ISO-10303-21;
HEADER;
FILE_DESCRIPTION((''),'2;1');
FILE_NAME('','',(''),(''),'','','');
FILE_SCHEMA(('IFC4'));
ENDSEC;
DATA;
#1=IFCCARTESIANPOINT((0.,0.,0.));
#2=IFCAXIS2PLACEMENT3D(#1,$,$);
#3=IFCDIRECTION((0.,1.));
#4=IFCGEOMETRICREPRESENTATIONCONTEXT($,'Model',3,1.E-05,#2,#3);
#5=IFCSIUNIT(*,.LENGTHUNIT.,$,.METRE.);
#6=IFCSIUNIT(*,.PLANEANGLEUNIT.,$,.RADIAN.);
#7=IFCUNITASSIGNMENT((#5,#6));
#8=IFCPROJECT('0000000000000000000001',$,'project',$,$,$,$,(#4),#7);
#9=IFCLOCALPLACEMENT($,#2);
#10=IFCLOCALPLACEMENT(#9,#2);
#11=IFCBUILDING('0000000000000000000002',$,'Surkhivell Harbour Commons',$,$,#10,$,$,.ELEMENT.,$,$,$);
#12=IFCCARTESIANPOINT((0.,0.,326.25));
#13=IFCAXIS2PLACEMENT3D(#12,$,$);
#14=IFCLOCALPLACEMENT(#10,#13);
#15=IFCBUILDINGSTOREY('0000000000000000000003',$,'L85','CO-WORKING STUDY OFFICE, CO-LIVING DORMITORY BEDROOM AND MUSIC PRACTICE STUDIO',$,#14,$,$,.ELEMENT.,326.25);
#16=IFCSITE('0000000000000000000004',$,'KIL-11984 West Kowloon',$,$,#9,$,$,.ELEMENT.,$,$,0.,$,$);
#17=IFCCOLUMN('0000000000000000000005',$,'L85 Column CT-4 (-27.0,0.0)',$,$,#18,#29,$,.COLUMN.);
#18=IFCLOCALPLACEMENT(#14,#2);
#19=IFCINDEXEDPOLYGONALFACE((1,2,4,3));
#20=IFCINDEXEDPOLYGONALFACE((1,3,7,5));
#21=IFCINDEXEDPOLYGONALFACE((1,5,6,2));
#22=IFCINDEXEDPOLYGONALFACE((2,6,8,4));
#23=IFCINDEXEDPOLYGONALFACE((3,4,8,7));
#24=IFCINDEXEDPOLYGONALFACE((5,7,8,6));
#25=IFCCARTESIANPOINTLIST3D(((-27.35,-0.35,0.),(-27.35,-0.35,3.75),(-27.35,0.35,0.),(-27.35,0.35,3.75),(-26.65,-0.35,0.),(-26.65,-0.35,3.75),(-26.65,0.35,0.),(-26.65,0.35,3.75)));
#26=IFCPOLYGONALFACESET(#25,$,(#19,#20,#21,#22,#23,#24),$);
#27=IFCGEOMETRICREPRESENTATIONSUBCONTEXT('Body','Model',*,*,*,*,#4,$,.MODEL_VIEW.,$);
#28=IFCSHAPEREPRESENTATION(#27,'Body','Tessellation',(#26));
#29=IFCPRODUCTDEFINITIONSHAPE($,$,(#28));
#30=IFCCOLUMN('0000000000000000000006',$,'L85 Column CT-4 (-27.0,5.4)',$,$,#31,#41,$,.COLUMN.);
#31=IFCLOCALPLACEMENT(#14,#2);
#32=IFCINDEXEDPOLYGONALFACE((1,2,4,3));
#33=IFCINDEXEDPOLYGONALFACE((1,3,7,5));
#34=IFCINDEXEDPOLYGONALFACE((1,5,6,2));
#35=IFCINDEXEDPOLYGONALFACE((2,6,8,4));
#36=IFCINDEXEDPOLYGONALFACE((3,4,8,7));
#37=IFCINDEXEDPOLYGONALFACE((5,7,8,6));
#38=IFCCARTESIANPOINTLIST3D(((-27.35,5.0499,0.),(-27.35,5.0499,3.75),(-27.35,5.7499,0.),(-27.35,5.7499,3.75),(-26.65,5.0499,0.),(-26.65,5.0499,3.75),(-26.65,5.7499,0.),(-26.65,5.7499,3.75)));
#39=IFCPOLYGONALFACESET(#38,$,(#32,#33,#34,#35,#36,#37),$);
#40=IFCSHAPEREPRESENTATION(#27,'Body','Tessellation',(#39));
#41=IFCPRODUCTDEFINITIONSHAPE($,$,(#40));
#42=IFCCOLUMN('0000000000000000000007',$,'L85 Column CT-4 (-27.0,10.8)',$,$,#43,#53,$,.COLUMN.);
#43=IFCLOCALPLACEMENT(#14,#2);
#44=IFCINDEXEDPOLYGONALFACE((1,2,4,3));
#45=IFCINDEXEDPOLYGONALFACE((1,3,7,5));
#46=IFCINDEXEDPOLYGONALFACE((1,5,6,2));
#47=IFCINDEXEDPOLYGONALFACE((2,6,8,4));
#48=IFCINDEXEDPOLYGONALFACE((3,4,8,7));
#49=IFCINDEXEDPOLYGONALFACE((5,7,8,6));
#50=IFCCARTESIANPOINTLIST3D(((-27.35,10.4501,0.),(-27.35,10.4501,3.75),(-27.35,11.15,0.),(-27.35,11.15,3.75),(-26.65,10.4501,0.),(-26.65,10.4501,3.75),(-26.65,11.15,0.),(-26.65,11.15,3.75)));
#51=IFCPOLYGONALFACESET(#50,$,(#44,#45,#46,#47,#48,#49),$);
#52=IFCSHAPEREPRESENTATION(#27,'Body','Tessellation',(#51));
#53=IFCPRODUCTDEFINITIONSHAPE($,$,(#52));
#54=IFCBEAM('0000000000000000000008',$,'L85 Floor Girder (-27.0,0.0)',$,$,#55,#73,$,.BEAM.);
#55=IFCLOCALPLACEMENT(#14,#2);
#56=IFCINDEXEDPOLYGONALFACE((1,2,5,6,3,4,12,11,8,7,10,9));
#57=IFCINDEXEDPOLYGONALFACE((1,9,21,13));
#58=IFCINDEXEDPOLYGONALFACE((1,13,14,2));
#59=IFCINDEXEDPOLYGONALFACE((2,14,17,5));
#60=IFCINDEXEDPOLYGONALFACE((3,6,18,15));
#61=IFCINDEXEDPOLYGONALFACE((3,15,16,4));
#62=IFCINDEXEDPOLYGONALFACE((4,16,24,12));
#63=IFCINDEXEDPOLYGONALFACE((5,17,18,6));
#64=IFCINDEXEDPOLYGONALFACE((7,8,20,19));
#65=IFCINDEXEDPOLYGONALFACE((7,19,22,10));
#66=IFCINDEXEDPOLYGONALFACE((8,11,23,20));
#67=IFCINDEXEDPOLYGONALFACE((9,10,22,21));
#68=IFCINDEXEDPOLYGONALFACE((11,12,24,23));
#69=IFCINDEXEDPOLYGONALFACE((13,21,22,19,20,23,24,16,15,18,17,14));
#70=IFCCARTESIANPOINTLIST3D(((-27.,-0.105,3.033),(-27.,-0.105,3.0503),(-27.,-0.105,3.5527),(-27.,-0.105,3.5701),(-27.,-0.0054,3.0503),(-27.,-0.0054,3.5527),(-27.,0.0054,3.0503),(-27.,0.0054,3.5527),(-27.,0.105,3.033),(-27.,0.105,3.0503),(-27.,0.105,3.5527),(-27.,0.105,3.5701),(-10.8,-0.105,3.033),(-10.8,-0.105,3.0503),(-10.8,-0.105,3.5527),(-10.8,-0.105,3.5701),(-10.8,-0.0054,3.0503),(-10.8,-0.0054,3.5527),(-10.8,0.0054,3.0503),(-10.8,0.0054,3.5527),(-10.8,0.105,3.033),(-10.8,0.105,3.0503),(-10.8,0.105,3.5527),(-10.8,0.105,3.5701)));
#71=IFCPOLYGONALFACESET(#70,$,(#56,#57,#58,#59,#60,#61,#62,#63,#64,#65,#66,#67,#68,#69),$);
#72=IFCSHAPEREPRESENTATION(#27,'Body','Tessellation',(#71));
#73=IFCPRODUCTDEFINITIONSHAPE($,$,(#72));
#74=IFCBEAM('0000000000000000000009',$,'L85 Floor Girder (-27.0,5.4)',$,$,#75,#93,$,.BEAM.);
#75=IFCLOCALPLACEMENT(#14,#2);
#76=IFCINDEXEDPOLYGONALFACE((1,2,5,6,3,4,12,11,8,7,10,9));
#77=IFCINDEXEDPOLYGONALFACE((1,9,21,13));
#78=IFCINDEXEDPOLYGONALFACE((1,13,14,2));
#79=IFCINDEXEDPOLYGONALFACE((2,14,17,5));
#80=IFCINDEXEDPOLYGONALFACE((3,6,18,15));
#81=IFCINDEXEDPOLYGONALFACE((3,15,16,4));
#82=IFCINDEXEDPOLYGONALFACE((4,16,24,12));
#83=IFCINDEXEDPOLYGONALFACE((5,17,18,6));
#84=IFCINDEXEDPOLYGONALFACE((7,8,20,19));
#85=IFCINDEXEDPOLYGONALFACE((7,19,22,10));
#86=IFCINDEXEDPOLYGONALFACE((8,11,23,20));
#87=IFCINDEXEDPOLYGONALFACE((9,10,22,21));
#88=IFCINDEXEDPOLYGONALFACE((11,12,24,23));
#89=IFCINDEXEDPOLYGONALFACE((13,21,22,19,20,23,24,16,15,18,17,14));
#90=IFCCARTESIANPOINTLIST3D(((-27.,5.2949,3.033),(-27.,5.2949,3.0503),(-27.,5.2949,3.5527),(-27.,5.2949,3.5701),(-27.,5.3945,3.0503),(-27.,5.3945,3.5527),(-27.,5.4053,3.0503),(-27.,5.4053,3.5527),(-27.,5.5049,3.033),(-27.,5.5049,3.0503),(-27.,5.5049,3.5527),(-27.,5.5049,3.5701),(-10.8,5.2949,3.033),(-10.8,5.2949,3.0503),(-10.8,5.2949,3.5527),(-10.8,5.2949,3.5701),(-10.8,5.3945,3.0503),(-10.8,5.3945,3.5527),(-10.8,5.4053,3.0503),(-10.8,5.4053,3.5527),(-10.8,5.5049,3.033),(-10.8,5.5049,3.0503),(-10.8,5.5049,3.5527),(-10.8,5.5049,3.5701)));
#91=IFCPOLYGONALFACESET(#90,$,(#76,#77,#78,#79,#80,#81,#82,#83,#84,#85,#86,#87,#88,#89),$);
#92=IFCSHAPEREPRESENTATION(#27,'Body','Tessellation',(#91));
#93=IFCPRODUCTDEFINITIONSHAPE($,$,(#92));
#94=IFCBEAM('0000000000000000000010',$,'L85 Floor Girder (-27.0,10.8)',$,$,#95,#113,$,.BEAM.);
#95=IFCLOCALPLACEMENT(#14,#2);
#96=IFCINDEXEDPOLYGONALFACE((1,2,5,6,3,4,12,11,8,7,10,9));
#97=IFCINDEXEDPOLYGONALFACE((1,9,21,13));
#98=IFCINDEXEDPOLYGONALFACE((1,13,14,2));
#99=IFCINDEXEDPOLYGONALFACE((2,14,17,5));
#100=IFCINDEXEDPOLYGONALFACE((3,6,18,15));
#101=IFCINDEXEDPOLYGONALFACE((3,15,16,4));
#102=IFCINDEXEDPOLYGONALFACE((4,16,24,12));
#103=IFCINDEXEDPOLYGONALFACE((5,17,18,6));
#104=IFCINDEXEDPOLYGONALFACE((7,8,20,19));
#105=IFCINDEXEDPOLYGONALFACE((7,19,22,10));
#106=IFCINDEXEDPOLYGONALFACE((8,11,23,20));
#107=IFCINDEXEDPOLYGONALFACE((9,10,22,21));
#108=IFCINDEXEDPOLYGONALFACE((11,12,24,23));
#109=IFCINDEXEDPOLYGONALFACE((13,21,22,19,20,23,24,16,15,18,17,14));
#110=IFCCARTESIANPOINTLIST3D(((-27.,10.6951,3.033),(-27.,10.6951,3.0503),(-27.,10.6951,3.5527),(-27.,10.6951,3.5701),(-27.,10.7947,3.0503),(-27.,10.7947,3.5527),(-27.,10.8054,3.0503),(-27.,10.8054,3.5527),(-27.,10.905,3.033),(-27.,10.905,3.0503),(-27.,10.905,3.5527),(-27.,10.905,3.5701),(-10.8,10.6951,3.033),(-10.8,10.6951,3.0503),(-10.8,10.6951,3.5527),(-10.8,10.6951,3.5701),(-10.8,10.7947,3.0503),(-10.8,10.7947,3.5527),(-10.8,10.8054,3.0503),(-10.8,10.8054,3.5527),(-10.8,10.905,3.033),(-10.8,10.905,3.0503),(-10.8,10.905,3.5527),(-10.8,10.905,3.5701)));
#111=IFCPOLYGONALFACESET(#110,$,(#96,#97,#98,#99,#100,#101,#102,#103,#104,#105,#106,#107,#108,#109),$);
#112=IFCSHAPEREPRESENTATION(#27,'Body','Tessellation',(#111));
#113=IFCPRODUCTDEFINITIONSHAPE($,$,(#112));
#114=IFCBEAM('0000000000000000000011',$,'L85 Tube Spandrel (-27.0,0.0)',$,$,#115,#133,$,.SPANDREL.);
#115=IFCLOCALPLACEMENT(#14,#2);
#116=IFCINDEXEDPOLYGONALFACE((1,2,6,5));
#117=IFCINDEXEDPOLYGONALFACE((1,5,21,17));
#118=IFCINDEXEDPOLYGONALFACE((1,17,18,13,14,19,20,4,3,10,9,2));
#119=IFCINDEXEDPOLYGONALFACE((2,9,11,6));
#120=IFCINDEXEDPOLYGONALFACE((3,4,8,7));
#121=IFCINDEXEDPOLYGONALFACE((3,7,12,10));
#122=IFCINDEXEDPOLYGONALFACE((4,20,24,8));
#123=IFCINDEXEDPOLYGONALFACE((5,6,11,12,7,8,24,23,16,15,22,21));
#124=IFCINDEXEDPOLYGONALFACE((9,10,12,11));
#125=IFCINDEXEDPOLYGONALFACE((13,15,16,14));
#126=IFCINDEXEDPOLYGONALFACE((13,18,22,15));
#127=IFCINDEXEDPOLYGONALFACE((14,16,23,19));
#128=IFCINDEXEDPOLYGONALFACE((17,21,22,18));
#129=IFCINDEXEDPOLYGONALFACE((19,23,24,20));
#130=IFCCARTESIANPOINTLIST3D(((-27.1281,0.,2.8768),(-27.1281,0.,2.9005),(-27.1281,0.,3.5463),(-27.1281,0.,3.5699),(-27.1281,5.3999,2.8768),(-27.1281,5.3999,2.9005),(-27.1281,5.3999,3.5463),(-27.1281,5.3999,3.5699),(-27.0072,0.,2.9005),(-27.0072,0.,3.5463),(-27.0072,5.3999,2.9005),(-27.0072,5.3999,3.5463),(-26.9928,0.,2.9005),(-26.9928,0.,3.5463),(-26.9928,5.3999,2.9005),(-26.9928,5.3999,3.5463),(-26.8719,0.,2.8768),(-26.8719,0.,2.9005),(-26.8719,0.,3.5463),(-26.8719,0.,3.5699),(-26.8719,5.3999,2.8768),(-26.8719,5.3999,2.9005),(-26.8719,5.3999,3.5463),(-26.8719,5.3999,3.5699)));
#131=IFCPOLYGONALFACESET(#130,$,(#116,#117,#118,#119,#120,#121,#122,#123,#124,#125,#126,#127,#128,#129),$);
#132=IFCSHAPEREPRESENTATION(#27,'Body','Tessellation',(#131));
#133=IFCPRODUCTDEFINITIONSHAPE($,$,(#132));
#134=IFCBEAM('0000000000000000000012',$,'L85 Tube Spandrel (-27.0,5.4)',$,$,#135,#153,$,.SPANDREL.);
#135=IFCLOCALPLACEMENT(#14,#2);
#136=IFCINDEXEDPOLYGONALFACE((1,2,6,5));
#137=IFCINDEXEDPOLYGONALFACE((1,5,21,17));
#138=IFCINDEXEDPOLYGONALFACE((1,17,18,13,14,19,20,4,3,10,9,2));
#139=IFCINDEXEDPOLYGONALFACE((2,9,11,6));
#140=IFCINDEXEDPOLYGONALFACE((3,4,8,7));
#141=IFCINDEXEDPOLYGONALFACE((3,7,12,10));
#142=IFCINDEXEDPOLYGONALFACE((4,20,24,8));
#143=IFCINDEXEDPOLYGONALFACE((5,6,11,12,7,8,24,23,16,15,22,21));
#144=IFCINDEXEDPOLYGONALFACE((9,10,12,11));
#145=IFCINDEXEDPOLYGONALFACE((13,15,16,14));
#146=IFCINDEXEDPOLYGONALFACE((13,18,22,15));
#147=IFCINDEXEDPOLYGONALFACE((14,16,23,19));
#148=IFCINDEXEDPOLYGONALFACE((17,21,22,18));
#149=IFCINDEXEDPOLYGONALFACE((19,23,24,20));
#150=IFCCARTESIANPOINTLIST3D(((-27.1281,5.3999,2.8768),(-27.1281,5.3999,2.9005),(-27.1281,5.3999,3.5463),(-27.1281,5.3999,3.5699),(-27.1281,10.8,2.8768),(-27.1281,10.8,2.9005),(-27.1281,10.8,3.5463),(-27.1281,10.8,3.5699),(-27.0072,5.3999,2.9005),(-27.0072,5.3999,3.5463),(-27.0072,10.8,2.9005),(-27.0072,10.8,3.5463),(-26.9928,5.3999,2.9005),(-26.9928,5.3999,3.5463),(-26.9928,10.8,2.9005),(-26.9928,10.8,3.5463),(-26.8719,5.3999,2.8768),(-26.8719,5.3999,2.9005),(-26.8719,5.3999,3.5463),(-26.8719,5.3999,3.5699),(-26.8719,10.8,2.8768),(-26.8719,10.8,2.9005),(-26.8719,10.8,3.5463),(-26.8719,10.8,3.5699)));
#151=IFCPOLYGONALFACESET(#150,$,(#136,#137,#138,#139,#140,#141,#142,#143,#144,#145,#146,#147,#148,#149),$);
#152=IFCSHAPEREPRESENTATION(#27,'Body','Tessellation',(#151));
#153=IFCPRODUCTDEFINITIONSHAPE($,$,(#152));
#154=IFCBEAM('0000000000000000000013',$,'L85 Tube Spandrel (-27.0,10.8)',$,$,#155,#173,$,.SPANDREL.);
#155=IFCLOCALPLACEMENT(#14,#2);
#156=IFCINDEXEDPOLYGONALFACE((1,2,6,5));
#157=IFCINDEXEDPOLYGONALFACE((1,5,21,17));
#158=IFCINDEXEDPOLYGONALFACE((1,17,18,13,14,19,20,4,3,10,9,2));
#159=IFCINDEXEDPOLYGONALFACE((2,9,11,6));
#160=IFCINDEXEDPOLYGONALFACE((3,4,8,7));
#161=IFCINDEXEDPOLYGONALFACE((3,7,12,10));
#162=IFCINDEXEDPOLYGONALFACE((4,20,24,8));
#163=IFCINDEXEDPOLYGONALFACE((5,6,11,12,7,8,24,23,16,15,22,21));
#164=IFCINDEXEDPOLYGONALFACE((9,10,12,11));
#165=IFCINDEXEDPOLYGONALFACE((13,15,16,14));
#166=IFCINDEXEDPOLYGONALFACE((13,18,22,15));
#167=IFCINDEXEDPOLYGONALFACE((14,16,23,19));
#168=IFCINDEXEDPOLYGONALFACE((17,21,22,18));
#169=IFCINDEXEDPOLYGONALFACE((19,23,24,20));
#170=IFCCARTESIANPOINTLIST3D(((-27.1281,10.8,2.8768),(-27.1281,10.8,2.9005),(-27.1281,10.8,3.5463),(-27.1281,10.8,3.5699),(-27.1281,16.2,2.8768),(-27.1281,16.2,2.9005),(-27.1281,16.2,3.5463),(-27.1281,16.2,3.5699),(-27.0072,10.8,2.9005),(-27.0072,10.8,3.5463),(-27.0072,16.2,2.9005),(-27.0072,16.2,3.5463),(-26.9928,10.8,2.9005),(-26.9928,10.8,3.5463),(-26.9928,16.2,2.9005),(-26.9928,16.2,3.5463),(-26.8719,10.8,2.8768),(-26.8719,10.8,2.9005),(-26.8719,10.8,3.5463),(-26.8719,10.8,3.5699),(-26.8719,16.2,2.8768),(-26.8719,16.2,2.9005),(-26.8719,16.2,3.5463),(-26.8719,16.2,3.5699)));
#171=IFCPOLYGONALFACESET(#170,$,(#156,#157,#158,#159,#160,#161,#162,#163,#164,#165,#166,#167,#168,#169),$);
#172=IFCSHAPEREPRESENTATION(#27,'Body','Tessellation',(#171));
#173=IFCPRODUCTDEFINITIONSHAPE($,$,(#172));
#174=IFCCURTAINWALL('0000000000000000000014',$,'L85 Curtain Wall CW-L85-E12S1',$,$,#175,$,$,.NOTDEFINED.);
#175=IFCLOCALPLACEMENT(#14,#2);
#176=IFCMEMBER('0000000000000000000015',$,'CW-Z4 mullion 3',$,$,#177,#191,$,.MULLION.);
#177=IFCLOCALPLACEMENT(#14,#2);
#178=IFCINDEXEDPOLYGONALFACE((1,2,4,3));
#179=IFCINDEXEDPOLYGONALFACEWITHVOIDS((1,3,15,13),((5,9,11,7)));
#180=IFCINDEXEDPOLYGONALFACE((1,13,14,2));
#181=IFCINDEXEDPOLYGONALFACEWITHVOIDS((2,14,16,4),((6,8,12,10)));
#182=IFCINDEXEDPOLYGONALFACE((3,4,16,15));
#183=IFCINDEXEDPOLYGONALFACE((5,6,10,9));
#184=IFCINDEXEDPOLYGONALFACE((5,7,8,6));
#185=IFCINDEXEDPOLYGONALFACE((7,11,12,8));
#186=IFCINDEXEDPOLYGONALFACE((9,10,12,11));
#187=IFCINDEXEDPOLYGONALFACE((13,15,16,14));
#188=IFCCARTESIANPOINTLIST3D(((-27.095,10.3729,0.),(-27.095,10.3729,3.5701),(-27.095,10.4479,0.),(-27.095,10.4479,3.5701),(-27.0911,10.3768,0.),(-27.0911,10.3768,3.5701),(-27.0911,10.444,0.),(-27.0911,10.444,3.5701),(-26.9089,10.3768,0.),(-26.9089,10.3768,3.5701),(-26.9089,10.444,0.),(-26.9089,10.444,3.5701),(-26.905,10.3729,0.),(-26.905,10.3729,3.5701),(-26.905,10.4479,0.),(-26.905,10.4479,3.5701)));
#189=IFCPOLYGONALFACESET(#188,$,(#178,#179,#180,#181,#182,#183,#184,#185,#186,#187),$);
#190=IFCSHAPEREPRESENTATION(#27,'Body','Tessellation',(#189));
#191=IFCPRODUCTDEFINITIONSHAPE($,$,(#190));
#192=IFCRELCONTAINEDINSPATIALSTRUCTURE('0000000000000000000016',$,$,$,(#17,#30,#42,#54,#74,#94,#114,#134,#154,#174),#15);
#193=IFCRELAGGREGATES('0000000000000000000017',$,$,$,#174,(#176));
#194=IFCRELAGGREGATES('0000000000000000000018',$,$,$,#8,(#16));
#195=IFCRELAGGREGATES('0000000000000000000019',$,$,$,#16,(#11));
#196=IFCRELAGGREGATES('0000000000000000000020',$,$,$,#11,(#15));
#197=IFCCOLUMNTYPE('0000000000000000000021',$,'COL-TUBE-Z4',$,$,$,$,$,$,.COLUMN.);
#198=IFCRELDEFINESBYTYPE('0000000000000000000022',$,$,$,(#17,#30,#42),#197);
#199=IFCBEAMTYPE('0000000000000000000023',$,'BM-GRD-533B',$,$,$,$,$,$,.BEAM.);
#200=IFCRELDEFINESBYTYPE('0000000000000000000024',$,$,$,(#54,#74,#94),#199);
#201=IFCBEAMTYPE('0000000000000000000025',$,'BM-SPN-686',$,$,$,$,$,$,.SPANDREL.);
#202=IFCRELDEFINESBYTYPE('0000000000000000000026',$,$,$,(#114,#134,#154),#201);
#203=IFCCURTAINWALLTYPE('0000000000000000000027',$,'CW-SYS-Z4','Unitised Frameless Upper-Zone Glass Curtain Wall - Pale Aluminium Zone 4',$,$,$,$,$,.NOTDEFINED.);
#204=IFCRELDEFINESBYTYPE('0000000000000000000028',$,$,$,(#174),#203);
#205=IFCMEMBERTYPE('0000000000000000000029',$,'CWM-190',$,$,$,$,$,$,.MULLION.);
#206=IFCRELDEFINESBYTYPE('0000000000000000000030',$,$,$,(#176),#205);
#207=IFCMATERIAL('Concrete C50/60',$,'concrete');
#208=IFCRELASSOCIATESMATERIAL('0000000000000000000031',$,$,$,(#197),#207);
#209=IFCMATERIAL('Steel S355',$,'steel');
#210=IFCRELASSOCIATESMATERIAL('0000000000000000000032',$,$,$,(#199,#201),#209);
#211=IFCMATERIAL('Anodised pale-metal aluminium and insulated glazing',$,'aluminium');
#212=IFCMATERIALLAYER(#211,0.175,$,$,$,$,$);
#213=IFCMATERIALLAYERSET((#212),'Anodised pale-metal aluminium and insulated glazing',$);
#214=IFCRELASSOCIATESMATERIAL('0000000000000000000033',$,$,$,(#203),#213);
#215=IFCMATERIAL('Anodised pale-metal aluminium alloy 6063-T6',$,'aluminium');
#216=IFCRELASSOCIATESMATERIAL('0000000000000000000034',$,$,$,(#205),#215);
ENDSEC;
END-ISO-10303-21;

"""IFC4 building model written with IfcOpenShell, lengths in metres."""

from ifc_helpers import new_model, si_unit, direction, frame, origin, origin_2d, place, context, subcontext, project, spatial, rectangle, hollow_rectangle, i_section, extrude, material, layer, layer_set, material_profile, profile_set, type_object, element, aggregate, save


model = new_model("IFC4")

# Units and contexts
model_context = context("Model", 3, precision=1e-05, world=origin(), true_north=direction((0.0, 1.0)))
body_context = subcontext(model_context, "Body", "Model", "MODEL_VIEW")
ifc_project = project(units=[si_unit("LENGTHUNIT", "METRE"), si_unit("PLANEANGLEUNIT", "RADIAN")], contexts=[model_context])

# Site, building, storey
site_placement = place(None, origin())
site = spatial("IfcSite", under=ifc_project, at=site_placement, Name="KIL-11984 West Kowloon", CompositionType="ELEMENT", RefElevation=0.0)
building_placement = place(site_placement, origin())
building = spatial("IfcBuilding", under=site, at=building_placement, Name="Surkhivell Harbour Commons", CompositionType="ELEMENT")
storey_placement = place(building_placement, frame((0.0, 0.0, 326.25)))
storey = spatial("IfcBuildingStorey", under=building, at=storey_placement, Name="L85", Description="CO-WORKING STUDY OFFICE, CO-LIVING DORMITORY BEDROOM AND MUSIC PRACTICE STUDIO", CompositionType="ELEMENT", Elevation=326.25)

# Columns
ifc_material_1 = material(Name="Concrete C50/60", Category="concrete")
ifc_material_profile_1 = material_profile(ifc_material_1, rectangle(XDim=0.7, YDim=0.7, at=origin_2d()), Name="RC-COL-700x700")
ifc_profile_set_1 = profile_set([ifc_material_profile_1], Name="Concrete C50/60")
column_type = type_object("IfcColumnType", Name="COL-TUBE-Z4", PredefinedType="COLUMN", material=ifc_profile_set_1)
for number, where, z_axis, x_axis, name in (
    (1, (-27.0, 0.0, 0.0), (0.0, 0.0, 1.0), (1.0, 0.0, 0.0), "L85 Column CT-4 (-27.0,0.0)"),
    (2, (-27.0, 5.3999, 0.0), (0.0, 0.0, 1.0), (1.0, 0.0, 0.0), "L85 Column CT-4 (-27.0,5.4)"),
    (3, (-27.0, 10.8, 0.0), (0.0, 0.0, 1.0), (1.0, 0.0, 0.0), "L85 Column CT-4 (-27.0,10.8)"),
):
    element("IfcColumn", number, at=place(storey_placement, frame(where, z_axis=z_axis, x_axis=x_axis)), inside=storey, type_object=column_type, Name=name, PredefinedType="COLUMN", context=body_context, shape_type="SweptSolid", body=[
        extrude(rectangle(XDim=0.7, YDim=0.7, at=origin_2d()), origin(), (0.0, 0.0, 1.0), 3.75),
    ])

# Beams
ifc_material_2 = material(Name="Steel S355", Category="steel")
ifc_material_profile_2 = material_profile(ifc_material_2, i_section(OverallWidth=0.21, OverallDepth=0.5371, WebThickness=0.0107, FlangeThickness=0.0173, at=origin_2d()), Name="UB533x210x101")
ifc_profile_set_2 = profile_set([ifc_material_profile_2], Name="Steel S355")
beam_type_1 = type_object("IfcBeamType", Name="BM-GRD-533B", PredefinedType="BEAM", material=ifc_profile_set_2)
for number, where, z_axis, x_axis, name in (
    (4, (-27.0, 0.0, 3.3015), (1.0, 0.0, 0.0), (0.0, 1.0, 0.0), "L85 Floor Girder (-27.0,0.0)"),
    (5, (-27.0, 5.3999, 3.3015), (1.0, 0.0, 0.0), (0.0, 1.0, 0.0), "L85 Floor Girder (-27.0,5.4)"),
    (6, (-27.0, 10.8, 3.3015), (1.0, 0.0, 0.0), (0.0, 1.0, 0.0), "L85 Floor Girder (-27.0,10.8)"),
):
    element("IfcBeam", number, at=place(storey_placement, frame(where, z_axis=z_axis, x_axis=x_axis)), inside=storey, type_object=beam_type_1, Name=name, PredefinedType="BEAM", context=body_context, shape_type="SweptSolid", body=[
        extrude(i_section(OverallWidth=0.21, OverallDepth=0.5371, WebThickness=0.0107, FlangeThickness=0.0173, at=origin_2d()), origin(), (0.0, 0.0, 1.0), 16.2),
    ])
ifc_material_profile_3 = material_profile(ifc_material_2, i_section(OverallWidth=0.2561, OverallDepth=0.6931, WebThickness=0.0144, FlangeThickness=0.0237, at=origin_2d()), Name="UB686x254x170")
ifc_profile_set_3 = profile_set([ifc_material_profile_3], Name="Steel S355")
beam_type_2 = type_object("IfcBeamType", Name="BM-SPN-686", PredefinedType="SPANDREL", material=ifc_profile_set_3)
beam_1_placement = place(storey_placement, frame((-27.0, 0.0, 3.2234), z_axis=(0.0, 1.0, 0.0), x_axis=(-1.0, 0.0, 0.0)))
element("IfcBeam", 7, at=beam_1_placement, inside=storey, type_object=beam_type_2, Name="L85 Tube Spandrel (-27.0,0.0)", PredefinedType="SPANDREL", context=body_context, shape_type="SweptSolid", body=[
    extrude(i_section(OverallWidth=0.2561, OverallDepth=0.6931, WebThickness=0.0144, FlangeThickness=0.0237, at=origin_2d()), origin(), (0.0, 0.0, 1.0), 5.3999),
])
beam_2_placement = place(storey_placement, frame((-27.0, 5.3999, 3.2234), z_axis=(0.0, 1.0, 0.0), x_axis=(-1.0, 0.0, 0.0)))
element("IfcBeam", 8, at=beam_2_placement, inside=storey, type_object=beam_type_2, Name="L85 Tube Spandrel (-27.0,5.4)", PredefinedType="SPANDREL", context=body_context, shape_type="SweptSolid", body=[
    extrude(i_section(OverallWidth=0.2561, OverallDepth=0.6931, WebThickness=0.0144, FlangeThickness=0.0237, at=origin_2d()), origin(), (0.0, 0.0, 1.0), 5.4001),
])
beam_3_placement = place(storey_placement, frame((-27.0, 10.8, 3.2234), z_axis=(0.0, 1.0, 0.0), x_axis=(-1.0, 0.0, 0.0)))
element("IfcBeam", 9, at=beam_3_placement, inside=storey, type_object=beam_type_2, Name="L85 Tube Spandrel (-27.0,10.8)", PredefinedType="SPANDREL", context=body_context, shape_type="SweptSolid", body=[
    extrude(i_section(OverallWidth=0.2561, OverallDepth=0.6931, WebThickness=0.0144, FlangeThickness=0.0237, at=origin_2d()), origin(), (0.0, 0.0, 1.0), 5.3999),
])

# Curtain wall, member
ifc_material_3 = material(Name="Anodised pale-metal aluminium and insulated glazing", Category="aluminium")
ifc_layer_1 = layer(ifc_material_3, 0.175)
ifc_layer_set_1 = layer_set([ifc_layer_1], Name="Anodised pale-metal aluminium and insulated glazing")
curtain_wall_type = type_object("IfcCurtainWallType", Name="CW-SYS-Z4", Description="Unitised Frameless Upper-Zone Glass Curtain Wall - Pale Aluminium Zone 4", PredefinedType="NOTDEFINED", material=ifc_layer_set_1)
curtain_wall_placement = place(storey_placement, origin())
curtain_wall = element("IfcCurtainWall", 10, at=curtain_wall_placement, inside=storey, type_object=curtain_wall_type, Name="L85 Curtain Wall CW-L85-E12S1", PredefinedType="NOTDEFINED")
ifc_material_4 = material(Name="Anodised pale-metal aluminium alloy 6063-T6", Category="aluminium")
ifc_material_profile_4 = material_profile(ifc_material_4, hollow_rectangle(XDim=0.075, YDim=0.1899, WallThickness=0.0039, at=origin_2d()), Name="ALU-MULL-75x190")
ifc_profile_set_4 = profile_set([ifc_material_profile_4], Name="Anodised pale-metal aluminium alloy 6063-T6")
member_type_1 = type_object("IfcMemberType", Name="CWM-190", PredefinedType="MULLION", material=ifc_profile_set_4)
member_1_placement = place(storey_placement, frame((-27.0, 10.4104, 0.0), z_axis=(0.0, 0.0, 1.0), x_axis=(0.0, -1.0, 0.0)))
member_1 = element("IfcMember", 11, at=member_1_placement, type_object=member_type_1, Name="CW-Z4 mullion 3", PredefinedType="MULLION", context=body_context, shape_type="SweptSolid", body=[
    extrude(hollow_rectangle(XDim=0.075, YDim=0.1899, WallThickness=0.0039, at=origin_2d()), origin(), (0.0, 0.0, 1.0), 3.5701),
])
aggregate(curtain_wall, [member_1])

save(model, "model.ifc")
